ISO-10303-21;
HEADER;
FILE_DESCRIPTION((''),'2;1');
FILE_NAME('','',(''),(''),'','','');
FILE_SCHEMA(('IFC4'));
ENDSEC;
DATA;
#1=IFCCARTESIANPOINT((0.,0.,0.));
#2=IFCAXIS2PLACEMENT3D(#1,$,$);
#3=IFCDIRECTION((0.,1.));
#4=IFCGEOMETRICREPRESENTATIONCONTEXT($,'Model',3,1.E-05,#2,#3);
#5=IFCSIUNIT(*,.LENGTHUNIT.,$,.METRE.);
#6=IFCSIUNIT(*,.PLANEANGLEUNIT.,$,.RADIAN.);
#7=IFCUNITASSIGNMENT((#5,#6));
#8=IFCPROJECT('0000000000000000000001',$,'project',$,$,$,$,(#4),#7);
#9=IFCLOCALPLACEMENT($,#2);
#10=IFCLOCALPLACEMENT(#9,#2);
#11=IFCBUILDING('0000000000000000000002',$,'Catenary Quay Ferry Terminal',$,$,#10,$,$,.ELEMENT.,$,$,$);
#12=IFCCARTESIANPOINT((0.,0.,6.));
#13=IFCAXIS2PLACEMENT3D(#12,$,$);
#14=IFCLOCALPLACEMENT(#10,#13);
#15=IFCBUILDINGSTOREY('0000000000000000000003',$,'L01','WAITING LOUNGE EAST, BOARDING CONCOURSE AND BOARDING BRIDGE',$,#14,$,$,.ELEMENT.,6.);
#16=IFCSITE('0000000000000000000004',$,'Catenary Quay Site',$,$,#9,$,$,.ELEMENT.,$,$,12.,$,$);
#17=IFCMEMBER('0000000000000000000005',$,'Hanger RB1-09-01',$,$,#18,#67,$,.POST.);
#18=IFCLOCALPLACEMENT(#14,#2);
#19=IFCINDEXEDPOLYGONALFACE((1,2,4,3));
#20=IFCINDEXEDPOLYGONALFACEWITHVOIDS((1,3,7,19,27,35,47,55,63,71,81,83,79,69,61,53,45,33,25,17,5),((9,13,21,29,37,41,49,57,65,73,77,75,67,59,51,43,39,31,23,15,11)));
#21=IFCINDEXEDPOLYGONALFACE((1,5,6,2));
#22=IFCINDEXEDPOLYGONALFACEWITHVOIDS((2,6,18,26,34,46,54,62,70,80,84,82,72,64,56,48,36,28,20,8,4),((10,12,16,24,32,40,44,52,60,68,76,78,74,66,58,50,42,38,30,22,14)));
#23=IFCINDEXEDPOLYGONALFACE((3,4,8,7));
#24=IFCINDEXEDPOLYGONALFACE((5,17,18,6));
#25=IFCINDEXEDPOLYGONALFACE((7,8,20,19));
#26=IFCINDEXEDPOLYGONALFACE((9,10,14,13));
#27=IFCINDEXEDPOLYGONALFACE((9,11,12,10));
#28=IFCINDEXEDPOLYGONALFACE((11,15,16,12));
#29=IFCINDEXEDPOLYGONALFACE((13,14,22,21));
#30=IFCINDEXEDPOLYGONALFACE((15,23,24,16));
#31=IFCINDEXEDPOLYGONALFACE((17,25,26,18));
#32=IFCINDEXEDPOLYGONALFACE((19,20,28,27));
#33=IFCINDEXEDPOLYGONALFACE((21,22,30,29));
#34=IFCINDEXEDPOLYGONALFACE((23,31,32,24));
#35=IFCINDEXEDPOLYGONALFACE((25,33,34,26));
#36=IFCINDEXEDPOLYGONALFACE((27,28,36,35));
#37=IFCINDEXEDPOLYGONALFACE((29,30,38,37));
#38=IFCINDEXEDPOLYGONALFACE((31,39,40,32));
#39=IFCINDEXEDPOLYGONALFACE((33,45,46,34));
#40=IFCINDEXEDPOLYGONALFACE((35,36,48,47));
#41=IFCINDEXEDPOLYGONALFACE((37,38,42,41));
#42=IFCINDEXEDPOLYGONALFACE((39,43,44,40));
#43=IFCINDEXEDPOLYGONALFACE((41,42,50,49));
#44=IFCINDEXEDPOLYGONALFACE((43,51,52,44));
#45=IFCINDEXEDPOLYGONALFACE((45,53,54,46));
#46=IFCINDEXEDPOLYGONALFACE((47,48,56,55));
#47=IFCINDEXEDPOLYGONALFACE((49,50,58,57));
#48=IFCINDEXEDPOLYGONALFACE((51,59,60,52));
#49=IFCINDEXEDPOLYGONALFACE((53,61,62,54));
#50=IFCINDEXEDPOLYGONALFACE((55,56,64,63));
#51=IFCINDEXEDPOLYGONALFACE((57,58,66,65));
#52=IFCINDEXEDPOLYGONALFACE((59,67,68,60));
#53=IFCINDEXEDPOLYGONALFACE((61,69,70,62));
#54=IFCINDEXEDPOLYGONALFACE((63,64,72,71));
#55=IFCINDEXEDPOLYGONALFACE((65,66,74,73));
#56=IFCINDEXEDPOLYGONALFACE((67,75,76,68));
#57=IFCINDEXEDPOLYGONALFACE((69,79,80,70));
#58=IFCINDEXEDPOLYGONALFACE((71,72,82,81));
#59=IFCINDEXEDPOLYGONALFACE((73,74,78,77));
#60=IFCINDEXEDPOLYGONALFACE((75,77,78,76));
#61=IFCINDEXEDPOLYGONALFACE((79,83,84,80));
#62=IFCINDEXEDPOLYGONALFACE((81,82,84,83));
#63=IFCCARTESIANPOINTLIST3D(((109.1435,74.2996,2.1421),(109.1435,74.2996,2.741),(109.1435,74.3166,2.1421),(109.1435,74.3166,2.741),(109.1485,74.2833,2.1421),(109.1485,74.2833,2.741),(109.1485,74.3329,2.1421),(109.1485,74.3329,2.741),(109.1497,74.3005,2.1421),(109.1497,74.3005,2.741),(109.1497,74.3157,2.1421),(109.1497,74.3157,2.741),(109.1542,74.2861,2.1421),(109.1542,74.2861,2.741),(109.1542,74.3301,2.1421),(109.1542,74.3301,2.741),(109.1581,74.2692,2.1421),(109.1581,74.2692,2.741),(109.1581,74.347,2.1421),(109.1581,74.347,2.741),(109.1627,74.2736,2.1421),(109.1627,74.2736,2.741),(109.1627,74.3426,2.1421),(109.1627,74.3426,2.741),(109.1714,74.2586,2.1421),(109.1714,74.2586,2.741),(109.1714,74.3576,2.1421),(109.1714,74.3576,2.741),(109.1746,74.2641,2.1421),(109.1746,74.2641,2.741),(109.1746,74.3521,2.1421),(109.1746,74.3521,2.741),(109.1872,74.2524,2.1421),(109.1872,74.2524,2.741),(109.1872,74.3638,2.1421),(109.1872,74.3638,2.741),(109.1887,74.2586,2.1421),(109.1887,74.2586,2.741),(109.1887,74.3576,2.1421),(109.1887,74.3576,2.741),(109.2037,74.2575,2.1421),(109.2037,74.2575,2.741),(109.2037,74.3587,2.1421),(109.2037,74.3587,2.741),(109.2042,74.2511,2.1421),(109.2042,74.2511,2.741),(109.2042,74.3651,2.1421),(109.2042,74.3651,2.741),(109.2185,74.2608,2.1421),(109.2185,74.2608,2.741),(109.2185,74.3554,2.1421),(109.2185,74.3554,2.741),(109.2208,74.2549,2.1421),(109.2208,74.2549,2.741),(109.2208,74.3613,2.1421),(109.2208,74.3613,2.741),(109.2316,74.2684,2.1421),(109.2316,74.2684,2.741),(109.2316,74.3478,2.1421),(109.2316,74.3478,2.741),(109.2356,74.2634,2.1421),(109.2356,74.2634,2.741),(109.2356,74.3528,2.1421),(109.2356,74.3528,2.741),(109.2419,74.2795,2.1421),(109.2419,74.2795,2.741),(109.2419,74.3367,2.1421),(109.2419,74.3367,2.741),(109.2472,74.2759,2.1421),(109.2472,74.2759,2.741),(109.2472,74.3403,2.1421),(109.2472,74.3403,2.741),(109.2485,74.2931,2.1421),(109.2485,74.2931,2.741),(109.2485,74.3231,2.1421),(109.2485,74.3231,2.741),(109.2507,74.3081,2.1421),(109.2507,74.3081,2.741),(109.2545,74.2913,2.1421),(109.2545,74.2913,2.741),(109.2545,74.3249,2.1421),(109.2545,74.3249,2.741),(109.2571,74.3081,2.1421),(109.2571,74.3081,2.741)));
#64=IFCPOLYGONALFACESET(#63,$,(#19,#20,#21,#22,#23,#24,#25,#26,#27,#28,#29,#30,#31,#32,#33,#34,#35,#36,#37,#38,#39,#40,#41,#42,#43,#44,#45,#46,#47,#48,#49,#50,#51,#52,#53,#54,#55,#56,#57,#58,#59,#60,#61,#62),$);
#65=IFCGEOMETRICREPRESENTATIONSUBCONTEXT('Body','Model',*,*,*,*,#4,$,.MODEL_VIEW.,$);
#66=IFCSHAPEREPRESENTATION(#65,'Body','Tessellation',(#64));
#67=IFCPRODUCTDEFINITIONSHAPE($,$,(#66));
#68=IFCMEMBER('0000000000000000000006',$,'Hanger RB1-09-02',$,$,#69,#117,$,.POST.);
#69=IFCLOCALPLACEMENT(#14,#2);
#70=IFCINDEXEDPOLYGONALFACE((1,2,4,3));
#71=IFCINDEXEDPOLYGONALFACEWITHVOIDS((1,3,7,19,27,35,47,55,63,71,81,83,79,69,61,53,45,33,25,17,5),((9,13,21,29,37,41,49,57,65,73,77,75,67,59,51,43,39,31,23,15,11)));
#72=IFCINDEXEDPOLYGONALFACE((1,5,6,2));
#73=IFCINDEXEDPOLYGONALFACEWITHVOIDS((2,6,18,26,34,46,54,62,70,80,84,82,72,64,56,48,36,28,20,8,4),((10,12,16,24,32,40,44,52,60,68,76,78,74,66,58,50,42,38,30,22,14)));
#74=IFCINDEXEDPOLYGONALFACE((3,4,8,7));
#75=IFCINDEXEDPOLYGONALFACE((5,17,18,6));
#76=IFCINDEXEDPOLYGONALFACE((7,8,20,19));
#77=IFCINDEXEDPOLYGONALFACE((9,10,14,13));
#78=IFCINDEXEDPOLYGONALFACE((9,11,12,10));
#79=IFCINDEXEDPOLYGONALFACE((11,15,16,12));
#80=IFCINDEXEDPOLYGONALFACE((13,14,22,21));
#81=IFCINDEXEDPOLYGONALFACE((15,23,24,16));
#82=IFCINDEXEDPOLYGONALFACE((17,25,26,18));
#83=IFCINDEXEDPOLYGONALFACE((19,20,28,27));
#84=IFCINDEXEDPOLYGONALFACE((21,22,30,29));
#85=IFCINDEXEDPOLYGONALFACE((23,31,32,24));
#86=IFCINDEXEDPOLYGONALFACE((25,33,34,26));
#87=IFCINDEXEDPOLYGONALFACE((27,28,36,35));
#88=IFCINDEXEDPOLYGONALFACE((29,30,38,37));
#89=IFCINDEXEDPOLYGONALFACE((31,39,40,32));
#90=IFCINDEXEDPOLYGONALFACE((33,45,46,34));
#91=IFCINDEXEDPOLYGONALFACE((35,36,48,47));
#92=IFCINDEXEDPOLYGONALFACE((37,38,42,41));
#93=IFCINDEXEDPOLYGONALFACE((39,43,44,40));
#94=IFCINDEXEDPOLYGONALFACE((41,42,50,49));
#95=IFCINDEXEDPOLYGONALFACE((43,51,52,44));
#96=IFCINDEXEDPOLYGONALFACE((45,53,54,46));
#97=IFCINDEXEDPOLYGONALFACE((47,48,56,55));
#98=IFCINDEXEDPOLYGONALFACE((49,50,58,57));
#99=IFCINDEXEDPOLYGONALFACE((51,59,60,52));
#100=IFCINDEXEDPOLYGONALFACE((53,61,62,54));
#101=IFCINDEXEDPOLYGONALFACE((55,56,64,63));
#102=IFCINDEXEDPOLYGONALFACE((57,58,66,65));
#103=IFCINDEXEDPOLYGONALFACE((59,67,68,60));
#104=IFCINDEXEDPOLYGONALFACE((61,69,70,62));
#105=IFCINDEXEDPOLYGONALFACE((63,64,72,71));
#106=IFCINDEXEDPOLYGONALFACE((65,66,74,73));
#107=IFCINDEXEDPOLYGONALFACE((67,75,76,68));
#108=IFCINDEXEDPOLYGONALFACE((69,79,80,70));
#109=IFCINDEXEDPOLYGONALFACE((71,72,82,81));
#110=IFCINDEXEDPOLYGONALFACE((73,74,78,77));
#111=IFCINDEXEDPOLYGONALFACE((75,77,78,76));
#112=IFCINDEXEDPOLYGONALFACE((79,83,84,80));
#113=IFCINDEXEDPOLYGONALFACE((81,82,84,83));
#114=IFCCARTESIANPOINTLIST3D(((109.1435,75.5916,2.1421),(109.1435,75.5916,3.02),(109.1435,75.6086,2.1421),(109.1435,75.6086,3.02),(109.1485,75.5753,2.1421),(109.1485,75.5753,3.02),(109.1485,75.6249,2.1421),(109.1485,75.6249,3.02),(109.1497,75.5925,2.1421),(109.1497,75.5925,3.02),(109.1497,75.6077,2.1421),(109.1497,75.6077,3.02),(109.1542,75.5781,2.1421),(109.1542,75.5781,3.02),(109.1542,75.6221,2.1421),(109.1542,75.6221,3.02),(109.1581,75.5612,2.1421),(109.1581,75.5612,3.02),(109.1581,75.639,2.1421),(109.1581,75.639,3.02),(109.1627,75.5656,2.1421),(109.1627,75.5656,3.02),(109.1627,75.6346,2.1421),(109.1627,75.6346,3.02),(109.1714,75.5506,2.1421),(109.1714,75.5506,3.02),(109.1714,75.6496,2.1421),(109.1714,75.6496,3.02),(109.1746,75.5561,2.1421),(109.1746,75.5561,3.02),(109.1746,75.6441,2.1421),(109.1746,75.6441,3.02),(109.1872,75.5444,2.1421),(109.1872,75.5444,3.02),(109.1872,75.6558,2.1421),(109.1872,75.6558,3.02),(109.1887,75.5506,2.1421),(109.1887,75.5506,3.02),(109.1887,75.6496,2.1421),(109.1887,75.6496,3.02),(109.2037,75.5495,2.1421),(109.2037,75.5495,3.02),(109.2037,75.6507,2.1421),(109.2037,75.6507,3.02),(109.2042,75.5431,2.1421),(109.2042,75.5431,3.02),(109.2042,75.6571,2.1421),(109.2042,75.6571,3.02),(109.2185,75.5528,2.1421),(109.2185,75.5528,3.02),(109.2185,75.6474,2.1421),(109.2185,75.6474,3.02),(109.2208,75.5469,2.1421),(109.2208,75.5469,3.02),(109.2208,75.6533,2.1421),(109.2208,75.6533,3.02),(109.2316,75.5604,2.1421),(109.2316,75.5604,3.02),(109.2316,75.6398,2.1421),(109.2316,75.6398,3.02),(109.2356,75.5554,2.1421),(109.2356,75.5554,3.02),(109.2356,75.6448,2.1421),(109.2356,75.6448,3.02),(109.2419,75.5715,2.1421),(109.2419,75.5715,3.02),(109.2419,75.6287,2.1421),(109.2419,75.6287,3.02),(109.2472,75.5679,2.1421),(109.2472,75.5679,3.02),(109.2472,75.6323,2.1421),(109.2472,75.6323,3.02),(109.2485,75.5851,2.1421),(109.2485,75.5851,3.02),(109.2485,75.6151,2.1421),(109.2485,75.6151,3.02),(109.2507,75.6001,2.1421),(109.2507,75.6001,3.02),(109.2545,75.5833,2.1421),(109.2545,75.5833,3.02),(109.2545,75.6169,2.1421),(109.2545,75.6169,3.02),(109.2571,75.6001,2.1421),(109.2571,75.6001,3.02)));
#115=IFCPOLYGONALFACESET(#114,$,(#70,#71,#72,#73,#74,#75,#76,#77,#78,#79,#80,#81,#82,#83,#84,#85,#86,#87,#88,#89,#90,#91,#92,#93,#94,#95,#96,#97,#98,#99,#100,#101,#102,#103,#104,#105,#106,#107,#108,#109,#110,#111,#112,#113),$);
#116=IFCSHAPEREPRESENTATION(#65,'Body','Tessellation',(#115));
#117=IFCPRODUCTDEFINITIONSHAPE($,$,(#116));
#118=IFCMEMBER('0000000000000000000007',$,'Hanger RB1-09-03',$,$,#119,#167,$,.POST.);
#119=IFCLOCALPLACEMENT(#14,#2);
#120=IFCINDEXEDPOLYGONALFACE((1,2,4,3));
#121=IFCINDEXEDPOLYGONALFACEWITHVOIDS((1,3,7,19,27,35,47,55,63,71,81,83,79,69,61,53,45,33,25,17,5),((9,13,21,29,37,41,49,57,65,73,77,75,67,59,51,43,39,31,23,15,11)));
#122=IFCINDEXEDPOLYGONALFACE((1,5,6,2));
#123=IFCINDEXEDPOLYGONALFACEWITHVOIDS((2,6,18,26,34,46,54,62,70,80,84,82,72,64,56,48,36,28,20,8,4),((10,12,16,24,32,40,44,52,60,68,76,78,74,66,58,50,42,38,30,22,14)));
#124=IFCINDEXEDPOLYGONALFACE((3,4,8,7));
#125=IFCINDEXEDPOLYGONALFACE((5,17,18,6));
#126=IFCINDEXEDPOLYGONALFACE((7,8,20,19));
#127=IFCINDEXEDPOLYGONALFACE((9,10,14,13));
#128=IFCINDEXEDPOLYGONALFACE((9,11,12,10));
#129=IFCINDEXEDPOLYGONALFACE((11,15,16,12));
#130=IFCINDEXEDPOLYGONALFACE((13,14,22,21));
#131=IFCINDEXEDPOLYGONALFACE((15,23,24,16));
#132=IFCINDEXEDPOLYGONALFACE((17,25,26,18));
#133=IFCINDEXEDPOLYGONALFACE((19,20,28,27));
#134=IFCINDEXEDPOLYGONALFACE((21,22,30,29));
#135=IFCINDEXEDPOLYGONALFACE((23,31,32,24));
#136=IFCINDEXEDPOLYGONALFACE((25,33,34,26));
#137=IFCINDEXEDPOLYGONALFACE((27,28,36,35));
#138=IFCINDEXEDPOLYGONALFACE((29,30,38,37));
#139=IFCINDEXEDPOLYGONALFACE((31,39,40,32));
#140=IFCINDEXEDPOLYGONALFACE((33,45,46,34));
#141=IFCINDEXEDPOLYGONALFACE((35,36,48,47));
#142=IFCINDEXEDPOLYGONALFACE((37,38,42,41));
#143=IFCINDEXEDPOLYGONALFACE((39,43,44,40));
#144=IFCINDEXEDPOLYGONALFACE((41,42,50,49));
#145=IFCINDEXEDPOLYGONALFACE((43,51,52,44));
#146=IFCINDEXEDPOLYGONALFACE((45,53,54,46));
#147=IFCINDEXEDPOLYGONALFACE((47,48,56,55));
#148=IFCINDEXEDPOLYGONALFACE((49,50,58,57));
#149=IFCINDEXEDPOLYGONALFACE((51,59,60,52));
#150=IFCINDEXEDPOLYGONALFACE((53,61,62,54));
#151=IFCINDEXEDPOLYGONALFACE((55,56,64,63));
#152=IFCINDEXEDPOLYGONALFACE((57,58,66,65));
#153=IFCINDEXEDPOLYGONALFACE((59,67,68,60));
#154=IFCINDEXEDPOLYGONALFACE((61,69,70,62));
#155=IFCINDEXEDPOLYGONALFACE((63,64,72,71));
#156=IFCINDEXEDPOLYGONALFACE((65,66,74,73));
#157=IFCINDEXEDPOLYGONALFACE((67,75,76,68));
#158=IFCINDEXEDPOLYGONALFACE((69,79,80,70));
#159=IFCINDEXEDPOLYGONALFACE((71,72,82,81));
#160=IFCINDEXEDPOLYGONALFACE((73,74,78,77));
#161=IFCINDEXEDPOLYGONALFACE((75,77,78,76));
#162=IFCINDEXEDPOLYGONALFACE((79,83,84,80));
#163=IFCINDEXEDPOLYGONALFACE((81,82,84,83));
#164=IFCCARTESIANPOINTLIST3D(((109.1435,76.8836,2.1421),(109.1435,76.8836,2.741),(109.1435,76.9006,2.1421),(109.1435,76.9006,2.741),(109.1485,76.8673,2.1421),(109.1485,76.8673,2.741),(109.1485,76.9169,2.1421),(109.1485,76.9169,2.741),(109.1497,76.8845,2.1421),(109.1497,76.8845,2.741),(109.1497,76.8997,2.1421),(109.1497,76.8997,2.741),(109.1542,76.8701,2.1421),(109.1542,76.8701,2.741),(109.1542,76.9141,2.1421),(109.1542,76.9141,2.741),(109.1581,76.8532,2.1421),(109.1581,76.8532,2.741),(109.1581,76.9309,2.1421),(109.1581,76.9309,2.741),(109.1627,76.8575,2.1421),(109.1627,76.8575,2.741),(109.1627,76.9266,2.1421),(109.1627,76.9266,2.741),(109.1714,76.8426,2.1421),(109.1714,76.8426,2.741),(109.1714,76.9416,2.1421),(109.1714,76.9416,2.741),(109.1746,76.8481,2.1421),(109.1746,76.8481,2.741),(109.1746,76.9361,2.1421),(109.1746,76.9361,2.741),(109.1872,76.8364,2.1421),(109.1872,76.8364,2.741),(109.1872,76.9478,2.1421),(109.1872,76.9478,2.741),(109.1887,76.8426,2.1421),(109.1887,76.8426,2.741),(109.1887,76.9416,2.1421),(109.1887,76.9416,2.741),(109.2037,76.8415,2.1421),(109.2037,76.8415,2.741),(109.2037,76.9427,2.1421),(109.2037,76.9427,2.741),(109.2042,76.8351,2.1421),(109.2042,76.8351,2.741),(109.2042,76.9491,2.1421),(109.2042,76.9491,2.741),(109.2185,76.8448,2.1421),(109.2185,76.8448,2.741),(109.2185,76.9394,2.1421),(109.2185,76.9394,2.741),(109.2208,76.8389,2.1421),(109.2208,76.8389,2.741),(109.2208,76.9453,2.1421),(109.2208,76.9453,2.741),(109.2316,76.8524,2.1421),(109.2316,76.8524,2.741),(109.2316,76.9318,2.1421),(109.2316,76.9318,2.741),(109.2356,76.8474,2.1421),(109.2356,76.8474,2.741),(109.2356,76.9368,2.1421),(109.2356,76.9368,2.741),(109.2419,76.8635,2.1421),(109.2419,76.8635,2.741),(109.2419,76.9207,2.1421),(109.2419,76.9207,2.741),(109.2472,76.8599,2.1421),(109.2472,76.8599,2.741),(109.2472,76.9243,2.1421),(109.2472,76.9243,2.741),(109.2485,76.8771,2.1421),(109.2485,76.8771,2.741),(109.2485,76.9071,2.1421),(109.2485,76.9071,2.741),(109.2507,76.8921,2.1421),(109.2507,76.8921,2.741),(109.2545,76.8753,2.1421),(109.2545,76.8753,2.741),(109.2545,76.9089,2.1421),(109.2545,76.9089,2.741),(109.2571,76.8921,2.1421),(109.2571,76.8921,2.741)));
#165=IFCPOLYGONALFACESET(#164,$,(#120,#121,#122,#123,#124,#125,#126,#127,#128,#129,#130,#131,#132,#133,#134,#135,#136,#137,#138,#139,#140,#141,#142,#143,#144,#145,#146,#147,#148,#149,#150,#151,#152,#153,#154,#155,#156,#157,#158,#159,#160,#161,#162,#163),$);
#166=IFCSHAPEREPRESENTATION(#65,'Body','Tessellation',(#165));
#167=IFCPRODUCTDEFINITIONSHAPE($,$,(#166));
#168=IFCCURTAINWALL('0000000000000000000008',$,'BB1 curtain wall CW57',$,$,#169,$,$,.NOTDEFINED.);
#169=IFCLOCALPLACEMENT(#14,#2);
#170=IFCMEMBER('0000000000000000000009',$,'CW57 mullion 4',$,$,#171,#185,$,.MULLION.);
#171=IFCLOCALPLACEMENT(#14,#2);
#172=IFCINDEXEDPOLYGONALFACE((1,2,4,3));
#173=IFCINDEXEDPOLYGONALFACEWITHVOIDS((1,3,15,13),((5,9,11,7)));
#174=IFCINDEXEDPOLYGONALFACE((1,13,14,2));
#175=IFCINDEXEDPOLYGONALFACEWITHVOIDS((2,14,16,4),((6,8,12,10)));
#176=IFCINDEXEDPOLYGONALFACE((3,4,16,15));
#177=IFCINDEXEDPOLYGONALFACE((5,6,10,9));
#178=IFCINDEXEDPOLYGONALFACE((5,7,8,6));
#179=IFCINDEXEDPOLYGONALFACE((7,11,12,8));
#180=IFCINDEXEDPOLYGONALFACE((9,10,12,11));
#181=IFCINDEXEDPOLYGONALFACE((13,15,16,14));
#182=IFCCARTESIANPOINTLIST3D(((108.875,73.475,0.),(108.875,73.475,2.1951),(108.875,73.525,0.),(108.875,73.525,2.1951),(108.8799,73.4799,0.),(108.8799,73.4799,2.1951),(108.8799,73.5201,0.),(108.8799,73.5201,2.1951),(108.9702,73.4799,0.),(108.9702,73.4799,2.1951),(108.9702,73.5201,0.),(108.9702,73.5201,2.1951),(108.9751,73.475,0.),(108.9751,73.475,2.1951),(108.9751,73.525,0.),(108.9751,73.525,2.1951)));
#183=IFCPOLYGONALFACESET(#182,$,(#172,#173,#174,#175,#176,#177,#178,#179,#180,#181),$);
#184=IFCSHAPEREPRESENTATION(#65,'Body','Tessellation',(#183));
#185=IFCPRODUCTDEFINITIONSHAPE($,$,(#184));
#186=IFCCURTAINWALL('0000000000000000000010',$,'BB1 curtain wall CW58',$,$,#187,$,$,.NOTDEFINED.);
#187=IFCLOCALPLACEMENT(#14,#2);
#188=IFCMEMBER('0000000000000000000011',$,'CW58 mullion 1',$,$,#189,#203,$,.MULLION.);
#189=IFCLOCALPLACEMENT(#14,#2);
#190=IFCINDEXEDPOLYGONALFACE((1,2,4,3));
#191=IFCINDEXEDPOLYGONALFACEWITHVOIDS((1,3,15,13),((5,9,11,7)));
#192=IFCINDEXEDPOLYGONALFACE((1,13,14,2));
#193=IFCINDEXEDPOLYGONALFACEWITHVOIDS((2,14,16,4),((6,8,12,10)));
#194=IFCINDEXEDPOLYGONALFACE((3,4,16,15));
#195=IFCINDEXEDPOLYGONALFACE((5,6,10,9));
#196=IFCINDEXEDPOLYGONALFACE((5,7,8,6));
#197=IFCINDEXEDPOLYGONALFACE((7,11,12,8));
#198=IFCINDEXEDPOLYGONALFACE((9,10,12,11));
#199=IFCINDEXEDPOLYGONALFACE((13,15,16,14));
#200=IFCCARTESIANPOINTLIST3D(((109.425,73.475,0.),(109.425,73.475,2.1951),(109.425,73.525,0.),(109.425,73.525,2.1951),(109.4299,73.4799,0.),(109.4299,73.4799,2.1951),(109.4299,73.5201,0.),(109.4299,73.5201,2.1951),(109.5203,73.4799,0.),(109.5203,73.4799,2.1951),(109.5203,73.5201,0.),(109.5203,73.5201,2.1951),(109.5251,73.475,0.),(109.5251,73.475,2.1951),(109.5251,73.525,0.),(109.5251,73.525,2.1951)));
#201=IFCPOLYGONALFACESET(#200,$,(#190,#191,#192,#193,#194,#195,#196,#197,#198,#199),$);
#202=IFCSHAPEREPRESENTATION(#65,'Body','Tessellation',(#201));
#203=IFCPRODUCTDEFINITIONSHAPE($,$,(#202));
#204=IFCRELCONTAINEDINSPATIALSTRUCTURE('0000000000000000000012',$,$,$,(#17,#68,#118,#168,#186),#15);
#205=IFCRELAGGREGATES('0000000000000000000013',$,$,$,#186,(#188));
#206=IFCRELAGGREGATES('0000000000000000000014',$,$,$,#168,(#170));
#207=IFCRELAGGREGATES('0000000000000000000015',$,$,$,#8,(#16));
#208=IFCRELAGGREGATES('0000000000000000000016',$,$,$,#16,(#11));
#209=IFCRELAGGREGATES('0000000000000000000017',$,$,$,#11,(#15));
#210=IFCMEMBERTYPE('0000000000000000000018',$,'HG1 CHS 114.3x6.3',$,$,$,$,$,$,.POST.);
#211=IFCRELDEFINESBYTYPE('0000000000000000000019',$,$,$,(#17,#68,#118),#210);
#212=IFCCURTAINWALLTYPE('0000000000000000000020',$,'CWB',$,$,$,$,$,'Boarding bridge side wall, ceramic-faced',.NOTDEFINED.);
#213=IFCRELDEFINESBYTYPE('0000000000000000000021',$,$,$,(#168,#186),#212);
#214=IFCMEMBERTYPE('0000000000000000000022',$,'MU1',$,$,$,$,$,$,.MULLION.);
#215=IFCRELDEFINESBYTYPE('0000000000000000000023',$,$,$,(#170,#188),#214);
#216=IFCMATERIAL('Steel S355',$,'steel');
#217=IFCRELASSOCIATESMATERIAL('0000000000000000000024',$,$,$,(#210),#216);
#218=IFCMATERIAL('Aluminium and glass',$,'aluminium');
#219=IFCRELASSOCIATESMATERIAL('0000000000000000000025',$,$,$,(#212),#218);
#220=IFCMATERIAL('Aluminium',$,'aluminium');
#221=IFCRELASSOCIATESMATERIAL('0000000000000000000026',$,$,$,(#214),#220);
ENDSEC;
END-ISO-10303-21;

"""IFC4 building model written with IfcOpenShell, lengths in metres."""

from ifc_helpers import new_model, si_unit, direction, frame, origin, origin_2d, place, context, subcontext, project, spatial, hollow_rectangle, hollow_circle, extrude, material, material_profile, profile_set, type_object, element, aggregate, save


model = new_model("IFC4")

# Units and contexts
model_context = context("Model", 3, precision=1e-05, world=origin(), true_north=direction((0.0, 1.0)))
body_context = subcontext(model_context, "Body", "Model", "MODEL_VIEW")
ifc_project = project(units=[si_unit("LENGTHUNIT", "METRE"), si_unit("PLANEANGLEUNIT", "RADIAN")], contexts=[model_context])

# Site, building, storey
site_placement = place(None, origin())
site = spatial("IfcSite", under=ifc_project, at=site_placement, Name="Catenary Quay Site", CompositionType="ELEMENT", RefElevation=12.0)
building_placement = place(site_placement, origin())
building = spatial("IfcBuilding", under=site, at=building_placement, Name="Catenary Quay Ferry Terminal", CompositionType="ELEMENT")
storey_placement = place(building_placement, frame((0.0, 0.0, 6.0)))
storey = spatial("IfcBuildingStorey", under=building, at=storey_placement, Name="L01", Description="WAITING LOUNGE EAST, BOARDING CONCOURSE AND BOARDING BRIDGE", CompositionType="ELEMENT", Elevation=6.0)

# Members
ifc_material_1 = material(Name="Steel S355", Category="steel")
ifc_material_profile_1 = material_profile(ifc_material_1, hollow_circle(Radius=0.0571, WallThickness=0.0063, at=origin_2d()), Name="CHS 114.3x6.3")
ifc_profile_set_1 = profile_set([ifc_material_profile_1], Name="Steel S355")
member_type_1 = type_object("IfcMemberType", Name="HG1 CHS 114.3x6.3", PredefinedType="POST", material=ifc_profile_set_1)
for number, where, z_axis, x_axis, name in (
    (1, (109.2, 74.3081, 2.1421), (0.0, 0.0, 1.0), (1.0, 0.0, 0.0), "Hanger RB1-09-01"),
):
    element("IfcMember", number, at=place(storey_placement, frame(where, z_axis=z_axis, x_axis=x_axis)), inside=storey, type_object=member_type_1, Name=name, PredefinedType="POST", context=body_context, shape_type="SweptSolid", body=[
        extrude(hollow_circle(Radius=0.0571, WallThickness=0.0063, at=origin_2d()), origin(), (0.0, 0.0, 1.0), 0.5989),
    ])
member_1_placement = place(storey_placement, frame((109.2, 75.6001, 2.1421), z_axis=(0.0, 0.0, 1.0), x_axis=(1.0, 0.0, 0.0)))
element("IfcMember", 2, at=member_1_placement, inside=storey, type_object=member_type_1, Name="Hanger RB1-09-02", PredefinedType="POST", context=body_context, shape_type="SweptSolid", body=[
    extrude(hollow_circle(Radius=0.0571, WallThickness=0.0063, at=origin_2d()), origin(), (0.0, 0.0, 1.0), 0.8779),
])
member_2_placement = place(storey_placement, frame((109.2, 76.8921, 2.1421), z_axis=(0.0, 0.0, 1.0), x_axis=(1.0, 0.0, 0.0)))
element("IfcMember", 3, at=member_2_placement, inside=storey, type_object=member_type_1, Name="Hanger RB1-09-03", PredefinedType="POST", context=body_context, shape_type="SweptSolid", body=[
    extrude(hollow_circle(Radius=0.0571, WallThickness=0.0063, at=origin_2d()), origin(), (0.0, 0.0, 1.0), 0.5989),
])

# Curtain walls, members
ifc_material_2 = material(Name="Aluminium and glass", Category="aluminium")
curtain_wall_type = type_object("IfcCurtainWallType", Name="CWB", ElementType="Boarding bridge side wall, ceramic-faced", PredefinedType="NOTDEFINED", material=ifc_material_2)
curtain_wall_1_placement = place(storey_placement, origin())
curtain_wall_1 = element("IfcCurtainWall", 4, at=curtain_wall_1_placement, inside=storey, type_object=curtain_wall_type, Name="BB1 curtain wall CW57", PredefinedType="NOTDEFINED")
ifc_material_3 = material(Name="Aluminium", Category="aluminium")
ifc_material_profile_2 = material_profile(ifc_material_3, hollow_rectangle(XDim=0.05, YDim=0.1001, WallThickness=0.0049, at=origin_2d()), Name="MU1")
ifc_profile_set_2 = profile_set([ifc_material_profile_2], Name="Aluminium")
member_type_2 = type_object("IfcMemberType", Name="MU1", PredefinedType="MULLION", material=ifc_profile_set_2)
member_3_placement = place(storey_placement, frame((108.925, 73.5, 0.0), z_axis=(0.0, 0.0, 1.0), x_axis=(0.0, 1.0, 0.0)))
member_3 = element("IfcMember", 5, at=member_3_placement, type_object=member_type_2, Name="CW57 mullion 4", PredefinedType="MULLION", context=body_context, shape_type="SweptSolid", body=[
    extrude(hollow_rectangle(XDim=0.05, YDim=0.1001, WallThickness=0.0049, at=origin_2d()), origin(), (0.0, 0.0, 1.0), 2.1951),
])
curtain_wall_2_placement = place(storey_placement, origin())
curtain_wall_2 = element("IfcCurtainWall", 6, at=curtain_wall_2_placement, inside=storey, type_object=curtain_wall_type, Name="BB1 curtain wall CW58", PredefinedType="NOTDEFINED")
member_4_placement = place(storey_placement, frame((109.4751, 73.5, 0.0), z_axis=(0.0, 0.0, 1.0), x_axis=(0.0, 1.0, 0.0)))
member_4 = element("IfcMember", 7, at=member_4_placement, type_object=member_type_2, Name="CW58 mullion 1", PredefinedType="MULLION", context=body_context, shape_type="SweptSolid", body=[
    extrude(hollow_rectangle(XDim=0.05, YDim=0.1001, WallThickness=0.0049, at=origin_2d()), origin(), (0.0, 0.0, 1.0), 2.1951),
])

aggregate(curtain_wall_2, [member_4])

aggregate(curtain_wall_1, [member_3])

save(model, "model.ifc")
